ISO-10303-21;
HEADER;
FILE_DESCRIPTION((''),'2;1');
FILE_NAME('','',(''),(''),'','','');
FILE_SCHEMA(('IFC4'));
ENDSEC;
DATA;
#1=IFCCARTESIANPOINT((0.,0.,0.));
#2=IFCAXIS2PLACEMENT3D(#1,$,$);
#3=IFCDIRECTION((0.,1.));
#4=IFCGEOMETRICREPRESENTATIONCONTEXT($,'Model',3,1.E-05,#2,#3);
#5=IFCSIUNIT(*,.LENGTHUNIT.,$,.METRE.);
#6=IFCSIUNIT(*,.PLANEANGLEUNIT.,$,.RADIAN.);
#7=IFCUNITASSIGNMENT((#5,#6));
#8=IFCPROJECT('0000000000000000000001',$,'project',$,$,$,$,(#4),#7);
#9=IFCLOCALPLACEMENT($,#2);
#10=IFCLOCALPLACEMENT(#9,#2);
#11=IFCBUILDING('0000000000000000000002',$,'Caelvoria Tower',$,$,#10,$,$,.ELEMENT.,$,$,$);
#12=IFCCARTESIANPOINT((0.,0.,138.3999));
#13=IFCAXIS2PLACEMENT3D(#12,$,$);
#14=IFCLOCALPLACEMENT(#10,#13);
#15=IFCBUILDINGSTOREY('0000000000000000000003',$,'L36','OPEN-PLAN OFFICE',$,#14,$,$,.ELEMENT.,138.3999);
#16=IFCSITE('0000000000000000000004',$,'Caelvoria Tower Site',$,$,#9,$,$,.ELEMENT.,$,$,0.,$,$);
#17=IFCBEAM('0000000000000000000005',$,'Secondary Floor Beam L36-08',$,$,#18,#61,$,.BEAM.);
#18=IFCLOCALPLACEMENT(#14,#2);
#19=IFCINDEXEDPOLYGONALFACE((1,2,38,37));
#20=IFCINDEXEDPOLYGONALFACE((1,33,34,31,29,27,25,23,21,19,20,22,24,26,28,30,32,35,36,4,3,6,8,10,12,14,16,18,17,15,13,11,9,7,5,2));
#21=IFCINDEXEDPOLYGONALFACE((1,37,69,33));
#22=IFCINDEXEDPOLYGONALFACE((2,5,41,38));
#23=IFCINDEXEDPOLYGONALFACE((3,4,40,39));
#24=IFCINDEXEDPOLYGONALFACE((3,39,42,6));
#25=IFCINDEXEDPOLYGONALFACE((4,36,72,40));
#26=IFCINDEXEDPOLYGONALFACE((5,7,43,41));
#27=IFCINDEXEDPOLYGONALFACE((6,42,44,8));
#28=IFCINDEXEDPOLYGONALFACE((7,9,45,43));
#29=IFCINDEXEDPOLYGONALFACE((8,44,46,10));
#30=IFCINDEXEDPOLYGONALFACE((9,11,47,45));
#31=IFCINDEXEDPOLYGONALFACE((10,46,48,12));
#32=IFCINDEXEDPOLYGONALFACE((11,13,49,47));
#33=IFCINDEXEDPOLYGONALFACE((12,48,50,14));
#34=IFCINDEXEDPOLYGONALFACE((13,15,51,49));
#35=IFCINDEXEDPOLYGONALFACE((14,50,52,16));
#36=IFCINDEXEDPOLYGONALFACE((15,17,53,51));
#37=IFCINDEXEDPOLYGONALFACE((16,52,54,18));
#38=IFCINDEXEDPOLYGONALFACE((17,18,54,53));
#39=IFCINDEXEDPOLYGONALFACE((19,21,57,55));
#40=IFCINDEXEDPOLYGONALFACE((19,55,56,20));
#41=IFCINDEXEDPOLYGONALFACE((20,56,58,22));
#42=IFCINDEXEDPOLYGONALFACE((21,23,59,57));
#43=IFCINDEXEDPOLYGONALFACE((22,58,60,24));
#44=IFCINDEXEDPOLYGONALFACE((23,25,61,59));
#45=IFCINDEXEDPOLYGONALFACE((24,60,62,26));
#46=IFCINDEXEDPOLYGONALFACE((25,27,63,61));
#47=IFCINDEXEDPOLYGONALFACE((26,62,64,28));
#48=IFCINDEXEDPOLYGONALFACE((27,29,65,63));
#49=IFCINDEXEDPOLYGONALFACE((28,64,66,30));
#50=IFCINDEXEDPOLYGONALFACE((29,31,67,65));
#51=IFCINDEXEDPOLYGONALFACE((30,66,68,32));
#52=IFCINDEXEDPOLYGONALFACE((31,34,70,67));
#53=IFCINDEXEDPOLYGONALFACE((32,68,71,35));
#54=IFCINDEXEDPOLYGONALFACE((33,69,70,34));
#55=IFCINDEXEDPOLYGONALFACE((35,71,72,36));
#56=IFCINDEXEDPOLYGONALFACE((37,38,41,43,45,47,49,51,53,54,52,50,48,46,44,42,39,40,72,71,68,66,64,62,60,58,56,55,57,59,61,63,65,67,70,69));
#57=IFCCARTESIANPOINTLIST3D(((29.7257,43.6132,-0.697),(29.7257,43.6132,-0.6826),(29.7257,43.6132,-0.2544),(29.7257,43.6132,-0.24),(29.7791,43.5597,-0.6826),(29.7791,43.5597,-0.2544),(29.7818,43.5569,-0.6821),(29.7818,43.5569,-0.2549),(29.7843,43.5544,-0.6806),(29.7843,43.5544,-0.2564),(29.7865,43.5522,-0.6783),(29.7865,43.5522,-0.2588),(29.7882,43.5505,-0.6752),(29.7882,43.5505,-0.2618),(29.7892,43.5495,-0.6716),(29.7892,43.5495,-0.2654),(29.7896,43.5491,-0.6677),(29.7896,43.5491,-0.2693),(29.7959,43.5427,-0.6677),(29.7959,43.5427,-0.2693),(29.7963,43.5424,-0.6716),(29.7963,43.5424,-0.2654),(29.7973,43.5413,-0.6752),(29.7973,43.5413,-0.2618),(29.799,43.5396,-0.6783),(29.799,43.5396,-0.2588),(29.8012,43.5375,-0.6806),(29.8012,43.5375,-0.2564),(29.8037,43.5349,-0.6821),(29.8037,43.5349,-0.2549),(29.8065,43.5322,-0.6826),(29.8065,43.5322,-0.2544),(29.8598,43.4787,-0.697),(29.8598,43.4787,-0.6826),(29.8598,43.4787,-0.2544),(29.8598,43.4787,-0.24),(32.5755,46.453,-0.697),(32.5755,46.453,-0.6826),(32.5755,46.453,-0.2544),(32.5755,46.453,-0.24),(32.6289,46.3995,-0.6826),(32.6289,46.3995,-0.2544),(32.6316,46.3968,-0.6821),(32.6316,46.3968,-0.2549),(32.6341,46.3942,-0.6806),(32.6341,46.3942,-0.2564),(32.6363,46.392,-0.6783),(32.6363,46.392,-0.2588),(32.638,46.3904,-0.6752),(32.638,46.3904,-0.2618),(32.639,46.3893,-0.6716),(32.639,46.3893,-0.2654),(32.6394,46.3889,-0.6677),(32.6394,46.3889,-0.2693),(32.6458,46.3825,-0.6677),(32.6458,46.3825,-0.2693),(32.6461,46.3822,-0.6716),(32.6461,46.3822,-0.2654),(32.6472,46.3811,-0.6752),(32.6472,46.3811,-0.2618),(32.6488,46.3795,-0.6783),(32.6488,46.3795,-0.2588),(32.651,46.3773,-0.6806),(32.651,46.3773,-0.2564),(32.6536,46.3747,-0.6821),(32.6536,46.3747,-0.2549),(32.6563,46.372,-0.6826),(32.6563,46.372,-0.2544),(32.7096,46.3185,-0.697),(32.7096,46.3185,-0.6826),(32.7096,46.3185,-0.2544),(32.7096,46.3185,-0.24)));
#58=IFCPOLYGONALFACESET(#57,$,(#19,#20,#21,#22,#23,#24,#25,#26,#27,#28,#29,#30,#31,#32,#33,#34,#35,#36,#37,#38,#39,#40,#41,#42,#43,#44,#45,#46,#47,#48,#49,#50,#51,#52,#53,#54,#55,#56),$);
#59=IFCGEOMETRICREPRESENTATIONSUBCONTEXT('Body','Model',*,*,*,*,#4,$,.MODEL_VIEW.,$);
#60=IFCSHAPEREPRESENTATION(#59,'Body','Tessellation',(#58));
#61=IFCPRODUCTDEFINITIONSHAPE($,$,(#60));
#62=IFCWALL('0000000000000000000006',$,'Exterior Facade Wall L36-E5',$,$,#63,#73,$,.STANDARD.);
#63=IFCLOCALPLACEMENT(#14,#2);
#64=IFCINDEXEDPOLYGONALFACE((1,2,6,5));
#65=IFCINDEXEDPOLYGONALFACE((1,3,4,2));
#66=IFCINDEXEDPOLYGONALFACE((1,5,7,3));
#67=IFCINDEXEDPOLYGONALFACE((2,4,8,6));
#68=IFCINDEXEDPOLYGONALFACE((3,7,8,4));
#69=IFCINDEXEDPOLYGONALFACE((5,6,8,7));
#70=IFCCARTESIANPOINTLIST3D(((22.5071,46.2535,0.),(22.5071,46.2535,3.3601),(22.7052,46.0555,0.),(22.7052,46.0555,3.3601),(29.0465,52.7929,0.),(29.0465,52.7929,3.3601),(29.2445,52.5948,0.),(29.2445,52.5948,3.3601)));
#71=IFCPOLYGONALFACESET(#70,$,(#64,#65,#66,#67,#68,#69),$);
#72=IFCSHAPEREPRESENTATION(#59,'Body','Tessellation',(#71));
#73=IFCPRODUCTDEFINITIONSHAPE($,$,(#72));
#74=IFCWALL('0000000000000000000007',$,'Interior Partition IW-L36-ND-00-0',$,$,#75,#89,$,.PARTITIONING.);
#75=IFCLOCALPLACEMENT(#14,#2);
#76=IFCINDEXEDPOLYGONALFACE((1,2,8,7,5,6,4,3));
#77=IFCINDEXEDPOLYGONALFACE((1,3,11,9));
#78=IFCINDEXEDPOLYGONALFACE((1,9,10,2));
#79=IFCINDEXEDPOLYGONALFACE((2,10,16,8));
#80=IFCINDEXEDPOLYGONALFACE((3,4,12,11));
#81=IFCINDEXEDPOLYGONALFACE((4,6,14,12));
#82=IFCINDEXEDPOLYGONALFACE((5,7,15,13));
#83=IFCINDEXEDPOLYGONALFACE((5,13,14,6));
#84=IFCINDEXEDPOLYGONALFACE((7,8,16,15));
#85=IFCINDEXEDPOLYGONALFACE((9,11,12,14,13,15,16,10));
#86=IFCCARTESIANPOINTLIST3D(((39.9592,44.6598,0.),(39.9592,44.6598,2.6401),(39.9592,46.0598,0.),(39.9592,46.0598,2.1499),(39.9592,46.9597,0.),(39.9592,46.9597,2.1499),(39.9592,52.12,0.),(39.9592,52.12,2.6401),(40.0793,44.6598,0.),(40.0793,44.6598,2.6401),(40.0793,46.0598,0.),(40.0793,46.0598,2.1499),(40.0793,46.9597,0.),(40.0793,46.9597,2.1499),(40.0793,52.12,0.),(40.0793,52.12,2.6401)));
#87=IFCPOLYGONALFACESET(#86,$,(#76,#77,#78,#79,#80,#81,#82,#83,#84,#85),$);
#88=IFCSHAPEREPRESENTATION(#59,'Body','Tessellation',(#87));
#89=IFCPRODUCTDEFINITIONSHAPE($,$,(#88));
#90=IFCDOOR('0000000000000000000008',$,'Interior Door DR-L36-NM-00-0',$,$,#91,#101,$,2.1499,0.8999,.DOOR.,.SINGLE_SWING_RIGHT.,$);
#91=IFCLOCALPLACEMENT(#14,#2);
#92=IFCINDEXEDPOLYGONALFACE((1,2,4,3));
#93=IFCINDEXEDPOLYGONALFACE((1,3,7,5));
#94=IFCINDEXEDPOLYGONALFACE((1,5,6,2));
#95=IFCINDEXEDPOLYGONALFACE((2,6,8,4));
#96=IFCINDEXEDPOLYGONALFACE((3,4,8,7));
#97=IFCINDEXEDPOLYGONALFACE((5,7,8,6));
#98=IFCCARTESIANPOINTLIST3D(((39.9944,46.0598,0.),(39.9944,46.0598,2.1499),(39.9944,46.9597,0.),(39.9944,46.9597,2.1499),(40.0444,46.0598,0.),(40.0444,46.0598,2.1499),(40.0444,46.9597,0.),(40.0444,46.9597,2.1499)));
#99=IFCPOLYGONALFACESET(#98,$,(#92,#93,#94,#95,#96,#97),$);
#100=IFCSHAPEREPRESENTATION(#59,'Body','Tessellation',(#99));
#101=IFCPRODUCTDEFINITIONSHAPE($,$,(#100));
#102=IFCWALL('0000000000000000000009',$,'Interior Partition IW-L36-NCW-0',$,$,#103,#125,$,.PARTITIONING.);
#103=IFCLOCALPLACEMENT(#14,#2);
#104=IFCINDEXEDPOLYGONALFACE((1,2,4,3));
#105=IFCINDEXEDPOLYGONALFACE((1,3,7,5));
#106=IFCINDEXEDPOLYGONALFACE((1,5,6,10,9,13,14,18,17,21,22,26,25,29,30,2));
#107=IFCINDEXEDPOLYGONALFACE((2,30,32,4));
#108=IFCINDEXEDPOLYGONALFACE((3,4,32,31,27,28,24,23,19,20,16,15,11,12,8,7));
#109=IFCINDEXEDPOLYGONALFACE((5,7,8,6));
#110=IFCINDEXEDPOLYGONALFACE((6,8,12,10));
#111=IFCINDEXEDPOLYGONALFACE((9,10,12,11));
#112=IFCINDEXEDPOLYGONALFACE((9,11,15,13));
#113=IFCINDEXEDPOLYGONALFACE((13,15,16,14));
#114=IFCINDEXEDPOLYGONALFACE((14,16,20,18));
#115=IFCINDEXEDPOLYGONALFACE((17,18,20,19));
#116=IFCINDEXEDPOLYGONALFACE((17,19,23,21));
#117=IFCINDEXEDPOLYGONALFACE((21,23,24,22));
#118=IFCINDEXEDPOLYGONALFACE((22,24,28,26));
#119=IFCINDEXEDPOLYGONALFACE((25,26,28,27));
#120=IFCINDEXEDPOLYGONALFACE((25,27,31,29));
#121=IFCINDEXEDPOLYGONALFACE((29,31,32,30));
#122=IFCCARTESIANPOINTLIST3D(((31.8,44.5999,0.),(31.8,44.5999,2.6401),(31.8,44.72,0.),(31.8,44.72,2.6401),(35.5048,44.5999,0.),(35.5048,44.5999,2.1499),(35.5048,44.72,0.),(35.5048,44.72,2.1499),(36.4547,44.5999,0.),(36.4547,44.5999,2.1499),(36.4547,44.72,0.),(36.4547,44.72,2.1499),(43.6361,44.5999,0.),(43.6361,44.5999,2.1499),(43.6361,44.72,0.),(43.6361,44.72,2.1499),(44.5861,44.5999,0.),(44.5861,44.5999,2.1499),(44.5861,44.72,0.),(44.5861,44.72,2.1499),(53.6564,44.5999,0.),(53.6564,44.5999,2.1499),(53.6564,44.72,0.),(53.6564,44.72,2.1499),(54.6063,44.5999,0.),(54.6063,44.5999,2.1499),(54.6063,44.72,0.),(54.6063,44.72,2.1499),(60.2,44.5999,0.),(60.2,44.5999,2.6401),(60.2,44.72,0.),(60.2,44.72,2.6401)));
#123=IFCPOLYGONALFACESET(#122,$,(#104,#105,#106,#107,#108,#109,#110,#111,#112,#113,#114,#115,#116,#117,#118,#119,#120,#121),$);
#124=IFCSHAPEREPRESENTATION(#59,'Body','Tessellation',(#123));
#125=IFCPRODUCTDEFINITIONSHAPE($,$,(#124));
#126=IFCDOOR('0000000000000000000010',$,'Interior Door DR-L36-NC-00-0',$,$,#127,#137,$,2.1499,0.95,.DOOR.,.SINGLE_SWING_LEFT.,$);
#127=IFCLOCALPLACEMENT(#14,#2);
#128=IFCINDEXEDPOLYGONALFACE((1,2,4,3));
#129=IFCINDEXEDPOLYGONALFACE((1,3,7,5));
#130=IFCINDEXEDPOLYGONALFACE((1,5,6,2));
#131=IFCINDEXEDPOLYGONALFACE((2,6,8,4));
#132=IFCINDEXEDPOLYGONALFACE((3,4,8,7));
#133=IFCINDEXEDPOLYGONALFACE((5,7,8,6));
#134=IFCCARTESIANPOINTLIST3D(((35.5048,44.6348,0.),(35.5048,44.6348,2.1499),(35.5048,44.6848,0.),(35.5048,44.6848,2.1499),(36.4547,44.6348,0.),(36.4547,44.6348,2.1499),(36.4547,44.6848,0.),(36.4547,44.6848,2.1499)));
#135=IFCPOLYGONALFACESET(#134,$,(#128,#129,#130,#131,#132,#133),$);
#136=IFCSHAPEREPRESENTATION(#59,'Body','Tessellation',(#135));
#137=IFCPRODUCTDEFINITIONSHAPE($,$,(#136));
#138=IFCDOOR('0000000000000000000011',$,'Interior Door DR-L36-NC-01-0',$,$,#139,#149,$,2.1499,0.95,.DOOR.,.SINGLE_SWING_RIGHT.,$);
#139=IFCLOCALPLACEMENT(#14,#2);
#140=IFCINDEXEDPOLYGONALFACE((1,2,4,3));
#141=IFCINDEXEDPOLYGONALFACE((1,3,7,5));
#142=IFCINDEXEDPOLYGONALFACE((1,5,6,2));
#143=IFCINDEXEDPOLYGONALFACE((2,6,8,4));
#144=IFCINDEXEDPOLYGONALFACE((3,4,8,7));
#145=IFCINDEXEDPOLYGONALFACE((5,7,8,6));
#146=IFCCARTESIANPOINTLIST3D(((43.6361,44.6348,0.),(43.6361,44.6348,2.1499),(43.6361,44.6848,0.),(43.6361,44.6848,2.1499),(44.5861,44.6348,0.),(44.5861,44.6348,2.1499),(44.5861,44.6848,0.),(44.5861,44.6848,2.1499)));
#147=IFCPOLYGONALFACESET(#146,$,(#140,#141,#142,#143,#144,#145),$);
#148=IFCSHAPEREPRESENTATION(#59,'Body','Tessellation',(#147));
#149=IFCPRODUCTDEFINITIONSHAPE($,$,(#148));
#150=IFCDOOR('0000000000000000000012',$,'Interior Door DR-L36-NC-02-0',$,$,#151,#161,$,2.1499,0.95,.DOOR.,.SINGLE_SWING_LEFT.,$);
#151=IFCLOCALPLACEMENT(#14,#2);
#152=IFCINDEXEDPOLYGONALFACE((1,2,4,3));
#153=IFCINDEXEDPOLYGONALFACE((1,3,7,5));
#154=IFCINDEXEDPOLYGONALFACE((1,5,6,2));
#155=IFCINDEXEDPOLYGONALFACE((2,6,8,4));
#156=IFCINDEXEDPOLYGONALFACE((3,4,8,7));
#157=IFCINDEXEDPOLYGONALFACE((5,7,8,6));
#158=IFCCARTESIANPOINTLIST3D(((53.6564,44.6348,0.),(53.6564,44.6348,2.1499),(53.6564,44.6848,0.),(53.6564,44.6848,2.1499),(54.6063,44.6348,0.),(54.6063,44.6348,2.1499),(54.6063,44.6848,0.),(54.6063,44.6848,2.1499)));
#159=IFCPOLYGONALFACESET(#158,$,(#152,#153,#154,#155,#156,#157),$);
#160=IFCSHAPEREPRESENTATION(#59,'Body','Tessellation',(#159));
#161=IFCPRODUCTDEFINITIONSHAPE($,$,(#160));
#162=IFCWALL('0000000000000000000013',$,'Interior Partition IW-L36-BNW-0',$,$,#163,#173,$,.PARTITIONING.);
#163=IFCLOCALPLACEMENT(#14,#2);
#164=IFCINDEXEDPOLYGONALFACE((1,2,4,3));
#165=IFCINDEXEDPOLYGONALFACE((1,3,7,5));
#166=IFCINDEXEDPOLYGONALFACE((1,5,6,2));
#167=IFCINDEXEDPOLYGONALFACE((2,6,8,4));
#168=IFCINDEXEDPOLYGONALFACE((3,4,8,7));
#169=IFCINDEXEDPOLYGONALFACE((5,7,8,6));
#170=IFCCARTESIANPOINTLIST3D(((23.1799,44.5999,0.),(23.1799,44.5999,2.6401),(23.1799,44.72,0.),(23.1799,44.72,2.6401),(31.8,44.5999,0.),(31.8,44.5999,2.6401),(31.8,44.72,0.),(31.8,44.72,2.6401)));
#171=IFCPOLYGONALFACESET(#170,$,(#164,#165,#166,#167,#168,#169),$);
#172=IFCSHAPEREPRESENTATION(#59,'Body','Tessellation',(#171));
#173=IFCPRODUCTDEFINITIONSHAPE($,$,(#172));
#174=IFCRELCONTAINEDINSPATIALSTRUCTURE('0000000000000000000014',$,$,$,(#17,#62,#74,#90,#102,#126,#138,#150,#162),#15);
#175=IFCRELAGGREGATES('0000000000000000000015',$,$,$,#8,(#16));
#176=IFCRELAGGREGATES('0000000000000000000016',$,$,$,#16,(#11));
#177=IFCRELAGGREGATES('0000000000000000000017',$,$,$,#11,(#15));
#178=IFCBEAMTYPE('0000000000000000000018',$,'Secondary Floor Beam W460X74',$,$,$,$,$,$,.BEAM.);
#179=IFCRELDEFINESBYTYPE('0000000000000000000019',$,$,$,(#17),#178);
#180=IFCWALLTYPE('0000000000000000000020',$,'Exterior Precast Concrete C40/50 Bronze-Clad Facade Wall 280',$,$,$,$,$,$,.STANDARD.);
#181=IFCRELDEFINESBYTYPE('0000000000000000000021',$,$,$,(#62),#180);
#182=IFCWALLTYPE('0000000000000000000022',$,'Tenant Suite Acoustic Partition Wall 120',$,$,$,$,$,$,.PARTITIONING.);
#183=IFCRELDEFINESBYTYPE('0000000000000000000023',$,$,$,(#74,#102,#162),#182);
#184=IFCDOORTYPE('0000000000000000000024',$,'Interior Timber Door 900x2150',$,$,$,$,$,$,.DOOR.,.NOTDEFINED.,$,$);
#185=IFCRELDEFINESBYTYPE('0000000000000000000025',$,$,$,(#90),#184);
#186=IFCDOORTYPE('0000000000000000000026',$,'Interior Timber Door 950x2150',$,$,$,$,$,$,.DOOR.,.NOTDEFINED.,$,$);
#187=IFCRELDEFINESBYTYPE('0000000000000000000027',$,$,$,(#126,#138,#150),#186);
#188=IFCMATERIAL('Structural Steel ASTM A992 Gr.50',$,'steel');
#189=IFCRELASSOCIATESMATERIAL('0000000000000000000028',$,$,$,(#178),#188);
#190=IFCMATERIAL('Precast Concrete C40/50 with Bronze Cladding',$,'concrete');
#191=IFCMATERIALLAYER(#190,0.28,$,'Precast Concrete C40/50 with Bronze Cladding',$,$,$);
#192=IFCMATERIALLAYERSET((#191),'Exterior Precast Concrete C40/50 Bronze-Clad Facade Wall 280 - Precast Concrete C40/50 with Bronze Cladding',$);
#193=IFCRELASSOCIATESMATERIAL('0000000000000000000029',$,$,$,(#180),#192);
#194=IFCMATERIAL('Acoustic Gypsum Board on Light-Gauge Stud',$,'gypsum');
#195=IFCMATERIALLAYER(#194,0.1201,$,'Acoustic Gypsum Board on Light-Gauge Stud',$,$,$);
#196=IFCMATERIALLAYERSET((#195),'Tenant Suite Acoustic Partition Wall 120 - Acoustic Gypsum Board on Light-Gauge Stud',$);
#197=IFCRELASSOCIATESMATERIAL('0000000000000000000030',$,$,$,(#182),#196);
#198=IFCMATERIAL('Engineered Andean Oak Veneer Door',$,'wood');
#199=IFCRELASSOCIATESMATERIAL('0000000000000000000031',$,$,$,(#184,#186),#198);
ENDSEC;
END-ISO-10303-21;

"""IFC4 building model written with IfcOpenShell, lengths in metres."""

from ifc_helpers import new_model, si_unit, direction, frame, frame_2d, origin, origin_2d, place, context, subcontext, project, spatial, rectangle, i_section, extrude, material, layer, layer_set, material_profile, profile_set, type_object, element, fill, save


model = new_model("IFC4")

# Units and contexts
model_context = context("Model", 3, precision=1e-05, world=origin(), true_north=direction((0.0, 1.0)))
body_context = subcontext(model_context, "Body", "Model", "MODEL_VIEW")
ifc_project = project(units=[si_unit("LENGTHUNIT", "METRE"), si_unit("PLANEANGLEUNIT", "RADIAN")], contexts=[model_context])

# Site, building, storey
site_placement = place(None, origin())
site = spatial("IfcSite", under=ifc_project, at=site_placement, Name="Caelvoria Tower Site", CompositionType="ELEMENT", RefElevation=0.0)
building_placement = place(site_placement, origin())
building = spatial("IfcBuilding", under=site, at=building_placement, Name="Caelvoria Tower", CompositionType="ELEMENT")
storey_placement = place(building_placement, frame((0.0, 0.0, 138.3999)))
storey = spatial("IfcBuildingStorey", under=building, at=storey_placement, Name="L36", Description="OPEN-PLAN OFFICE", CompositionType="ELEMENT", Elevation=138.3999)

# Beam
ifc_material_1 = material(Name="Structural Steel ASTM A992 Gr.50", Category="steel")
ifc_material_profile = material_profile(ifc_material_1, i_section(OverallWidth=0.1899, OverallDepth=0.457, WebThickness=0.009, FlangeThickness=0.0144, FilletRadius=0.0149, at=origin_2d()), Name="Structural Steel ASTM A992 Gr.50")
ifc_profile_set = profile_set([ifc_material_profile], Name="W460X74 - Structural Steel ASTM A992 Gr.50")
beam_type = type_object("IfcBeamType", Name="Secondary Floor Beam W460X74", PredefinedType="BEAM", material=ifc_profile_set)
beam_placement = place(storey_placement, frame((32.6426, 46.3857, -0.4685), z_axis=(-0.70835, -0.705862, 0.0), x_axis=(0.705862, -0.70835, 0.0)))
element("IfcBeam", 1, at=beam_placement, inside=storey, type_object=beam_type, Name="Secondary Floor Beam L36-08", PredefinedType="BEAM", context=body_context, shape_type="SweptSolid", body=[
    extrude(i_section(OverallWidth=0.1899, OverallDepth=0.457, WebThickness=0.009, FlangeThickness=0.0144, FilletRadius=0.0149, at=origin_2d()), origin(), (0.0, 0.0, 1.0), 4.0232),
])

# Wall
ifc_material_2 = material(Name="Precast Concrete C40/50 with Bronze Cladding", Category="concrete")
ifc_layer_1 = layer(ifc_material_2, 0.28, Name="Precast Concrete C40/50 with Bronze Cladding")
ifc_layer_set_1 = layer_set([ifc_layer_1], Name="Exterior Precast Concrete C40/50 Bronze-Clad Facade Wall 280 - Precast Concrete C40/50 with Bronze Cladding")
wall_type_1 = type_object("IfcWallType", Name="Exterior Precast Concrete C40/50 Bronze-Clad Facade Wall 280", PredefinedType="STANDARD", material=ifc_layer_set_1)
wall_1_placement = place(storey_placement, frame((29.1455, 52.6938, 0.0), z_axis=(0.0, 0.0, 1.0), x_axis=(-0.707107, -0.707107, 0.0)))
element("IfcWall", 2, at=wall_1_placement, inside=storey, type_object=wall_type_1, Name="Exterior Facade Wall L36-E5", PredefinedType="STANDARD", context=body_context, shape_type="SweptSolid", body=[
    extrude(rectangle(XDim=9.248, YDim=0.28, at=frame_2d((4.624, 0.0))), origin(), (0.0, 0.0, 1.0), 3.3601),
])

# Wall, opening, door
ifc_material_3 = material(Name="Acoustic Gypsum Board on Light-Gauge Stud", Category="gypsum")
ifc_layer_2 = layer(ifc_material_3, 0.1201, Name="Acoustic Gypsum Board on Light-Gauge Stud")
ifc_layer_set_2 = layer_set([ifc_layer_2], Name="Tenant Suite Acoustic Partition Wall 120 - Acoustic Gypsum Board on Light-Gauge Stud")
wall_type_2 = type_object("IfcWallType", Name="Tenant Suite Acoustic Partition Wall 120", PredefinedType="PARTITIONING", material=ifc_layer_set_2)
wall_2_placement = place(storey_placement, frame((40.0193, 44.6599, 0.0), z_axis=(0.0, 0.0, 1.0), x_axis=(0.0, 1.0, 0.0)))
wall_2 = element("IfcWall", 3, at=wall_2_placement, inside=storey, type_object=wall_type_2, Name="Interior Partition IW-L36-ND-00-0", PredefinedType="PARTITIONING", context=body_context, shape_type="SweptSolid", body=[
    extrude(rectangle(XDim=7.4602, YDim=0.1201, at=frame_2d((3.73, 0.0))), origin(), (0.0, 0.0, 1.0), 2.6401),
])
opening_1_placement = place(wall_2_placement, frame((1.3999, 0.0, 0.0)))
opening_1 = element("IfcOpeningElement", 4, at=opening_1_placement, cuts=wall_2, PredefinedType="OPENING", context=body_context, shape_type="SweptSolid", body=[
    extrude(rectangle(XDim=0.8999, YDim=2.1499, at=frame_2d((0.45, 1.075))), frame((0.0, 0.0701, 0.0), z_axis=(0.0, -1.0, 0.0), x_axis=(1.0, 0.0, 0.0)), (0.0, 0.0, 1.0), 0.1401),
])
ifc_material_4 = material(Name="Engineered Andean Oak Veneer Door", Category="wood")
door_type_1 = type_object("IfcDoorType", Name="Interior Timber Door 900x2150", OperationType="NOTDEFINED", PredefinedType="DOOR", material=ifc_material_4)
door_1_placement = place(opening_1_placement, origin())
door_1 = element("IfcDoor", 5, at=door_1_placement, inside=storey, type_object=door_type_1, Name="Interior Door DR-L36-NM-00-0", OperationType="SINGLE_SWING_RIGHT", OverallHeight=2.1499, OverallWidth=0.8999, PredefinedType="DOOR", context=body_context, shape_type="SweptSolid", body=[
    extrude(rectangle(XDim=0.8999, YDim=2.1499, at=frame_2d((0.45, 1.075))), frame((0.0, 0.0249, 0.0), z_axis=(0.0, -1.0, 0.0), x_axis=(1.0, 0.0, 0.0)), (0.0, 0.0, 1.0), 0.05),
])
fill(opening_1, door_1)

# Wall, openings, doors
wall_3_placement = place(storey_placement, frame((31.8, 44.6599, 0.0), z_axis=(0.0, 0.0, 1.0), x_axis=(1.0, 0.0, 0.0)))
wall_3 = element("IfcWall", 6, at=wall_3_placement, inside=storey, type_object=wall_type_2, Name="Interior Partition IW-L36-NCW-0", PredefinedType="PARTITIONING", context=body_context, shape_type="SweptSolid", body=[
    extrude(rectangle(XDim=28.3999, YDim=0.1201, at=frame_2d((14.2, 0.0))), origin(), (0.0, 0.0, 1.0), 2.6401),
])
opening_2_placement = place(wall_3_placement, frame((3.7046, 0.0, 0.0)))
opening_2 = element("IfcOpeningElement", 7, at=opening_2_placement, cuts=wall_3, PredefinedType="OPENING", context=body_context, shape_type="SweptSolid", body=[
    extrude(rectangle(XDim=0.95, YDim=2.1499, at=frame_2d((0.4751, 1.075))), frame((0.0, 0.0701, 0.0), z_axis=(0.0, -1.0, 0.0), x_axis=(1.0, 0.0, 0.0)), (0.0, 0.0, 1.0), 0.1401),
])
opening_3_placement = place(wall_3_placement, frame((11.8359, 0.0, 0.0)))
opening_3 = element("IfcOpeningElement", 8, at=opening_3_placement, cuts=wall_3, PredefinedType="OPENING", context=body_context, shape_type="SweptSolid", body=[
    extrude(rectangle(XDim=0.95, YDim=2.1499, at=frame_2d((0.4751, 1.075))), frame((0.0, 0.0701, 0.0), z_axis=(0.0, -1.0, 0.0), x_axis=(1.0, 0.0, 0.0)), (0.0, 0.0, 1.0), 0.1401),
])
opening_4_placement = place(wall_3_placement, frame((21.8562, 0.0, 0.0)))
opening_4 = element("IfcOpeningElement", 9, at=opening_4_placement, cuts=wall_3, PredefinedType="OPENING", context=body_context, shape_type="SweptSolid", body=[
    extrude(rectangle(XDim=0.95, YDim=2.1499, at=frame_2d((0.4751, 1.075))), frame((0.0, 0.0701, 0.0), z_axis=(0.0, -1.0, 0.0), x_axis=(1.0, 0.0, 0.0)), (0.0, 0.0, 1.0), 0.1401),
])
door_type_2 = type_object("IfcDoorType", Name="Interior Timber Door 950x2150", OperationType="NOTDEFINED", PredefinedType="DOOR", material=ifc_material_4)
door_2_placement = place(opening_2_placement, origin())
door_2 = element("IfcDoor", 10, at=door_2_placement, inside=storey, type_object=door_type_2, Name="Interior Door DR-L36-NC-00-0", OperationType="SINGLE_SWING_LEFT", OverallHeight=2.1499, OverallWidth=0.95, PredefinedType="DOOR", context=body_context, shape_type="SweptSolid", body=[
    extrude(rectangle(XDim=0.95, YDim=2.1499, at=frame_2d((0.4751, 1.075))), frame((0.0, 0.0249, 0.0), z_axis=(0.0, -1.0, 0.0), x_axis=(1.0, 0.0, 0.0)), (0.0, 0.0, 1.0), 0.05),
])
fill(opening_2, door_2)
door_3_placement = place(opening_3_placement, origin())
door_3 = element("IfcDoor", 11, at=door_3_placement, inside=storey, type_object=door_type_2, Name="Interior Door DR-L36-NC-01-0", OperationType="SINGLE_SWING_RIGHT", OverallHeight=2.1499, OverallWidth=0.95, PredefinedType="DOOR", context=body_context, shape_type="SweptSolid", body=[
    extrude(rectangle(XDim=0.95, YDim=2.1499, at=frame_2d((0.4751, 1.075))), frame((0.0, 0.0249, 0.0), z_axis=(0.0, -1.0, 0.0), x_axis=(1.0, 0.0, 0.0)), (0.0, 0.0, 1.0), 0.05),
])
fill(opening_3, door_3)
door_4_placement = place(opening_4_placement, origin())
door_4 = element("IfcDoor", 12, at=door_4_placement, inside=storey, type_object=door_type_2, Name="Interior Door DR-L36-NC-02-0", OperationType="SINGLE_SWING_LEFT", OverallHeight=2.1499, OverallWidth=0.95, PredefinedType="DOOR", context=body_context, shape_type="SweptSolid", body=[
    extrude(rectangle(XDim=0.95, YDim=2.1499, at=frame_2d((0.4751, 1.075))), frame((0.0, 0.0249, 0.0), z_axis=(0.0, -1.0, 0.0), x_axis=(1.0, 0.0, 0.0)), (0.0, 0.0, 1.0), 0.05),
])
fill(opening_4, door_4)

# Wall
wall_4_placement = place(storey_placement, frame((31.8, 44.6599, 0.0), z_axis=(0.0, 0.0, 1.0), x_axis=(-1.0, 0.0, 0.0)))
element("IfcWall", 13, at=wall_4_placement, inside=storey, type_object=wall_type_2, Name="Interior Partition IW-L36-BNW-0", PredefinedType="PARTITIONING", context=body_context, shape_type="SweptSolid", body=[
    extrude(rectangle(XDim=8.6201, YDim=0.1201, at=frame_2d((4.3101, 0.0))), origin(), (0.0, 0.0, 1.0), 2.6401),
])

save(model, "model.ifc")
